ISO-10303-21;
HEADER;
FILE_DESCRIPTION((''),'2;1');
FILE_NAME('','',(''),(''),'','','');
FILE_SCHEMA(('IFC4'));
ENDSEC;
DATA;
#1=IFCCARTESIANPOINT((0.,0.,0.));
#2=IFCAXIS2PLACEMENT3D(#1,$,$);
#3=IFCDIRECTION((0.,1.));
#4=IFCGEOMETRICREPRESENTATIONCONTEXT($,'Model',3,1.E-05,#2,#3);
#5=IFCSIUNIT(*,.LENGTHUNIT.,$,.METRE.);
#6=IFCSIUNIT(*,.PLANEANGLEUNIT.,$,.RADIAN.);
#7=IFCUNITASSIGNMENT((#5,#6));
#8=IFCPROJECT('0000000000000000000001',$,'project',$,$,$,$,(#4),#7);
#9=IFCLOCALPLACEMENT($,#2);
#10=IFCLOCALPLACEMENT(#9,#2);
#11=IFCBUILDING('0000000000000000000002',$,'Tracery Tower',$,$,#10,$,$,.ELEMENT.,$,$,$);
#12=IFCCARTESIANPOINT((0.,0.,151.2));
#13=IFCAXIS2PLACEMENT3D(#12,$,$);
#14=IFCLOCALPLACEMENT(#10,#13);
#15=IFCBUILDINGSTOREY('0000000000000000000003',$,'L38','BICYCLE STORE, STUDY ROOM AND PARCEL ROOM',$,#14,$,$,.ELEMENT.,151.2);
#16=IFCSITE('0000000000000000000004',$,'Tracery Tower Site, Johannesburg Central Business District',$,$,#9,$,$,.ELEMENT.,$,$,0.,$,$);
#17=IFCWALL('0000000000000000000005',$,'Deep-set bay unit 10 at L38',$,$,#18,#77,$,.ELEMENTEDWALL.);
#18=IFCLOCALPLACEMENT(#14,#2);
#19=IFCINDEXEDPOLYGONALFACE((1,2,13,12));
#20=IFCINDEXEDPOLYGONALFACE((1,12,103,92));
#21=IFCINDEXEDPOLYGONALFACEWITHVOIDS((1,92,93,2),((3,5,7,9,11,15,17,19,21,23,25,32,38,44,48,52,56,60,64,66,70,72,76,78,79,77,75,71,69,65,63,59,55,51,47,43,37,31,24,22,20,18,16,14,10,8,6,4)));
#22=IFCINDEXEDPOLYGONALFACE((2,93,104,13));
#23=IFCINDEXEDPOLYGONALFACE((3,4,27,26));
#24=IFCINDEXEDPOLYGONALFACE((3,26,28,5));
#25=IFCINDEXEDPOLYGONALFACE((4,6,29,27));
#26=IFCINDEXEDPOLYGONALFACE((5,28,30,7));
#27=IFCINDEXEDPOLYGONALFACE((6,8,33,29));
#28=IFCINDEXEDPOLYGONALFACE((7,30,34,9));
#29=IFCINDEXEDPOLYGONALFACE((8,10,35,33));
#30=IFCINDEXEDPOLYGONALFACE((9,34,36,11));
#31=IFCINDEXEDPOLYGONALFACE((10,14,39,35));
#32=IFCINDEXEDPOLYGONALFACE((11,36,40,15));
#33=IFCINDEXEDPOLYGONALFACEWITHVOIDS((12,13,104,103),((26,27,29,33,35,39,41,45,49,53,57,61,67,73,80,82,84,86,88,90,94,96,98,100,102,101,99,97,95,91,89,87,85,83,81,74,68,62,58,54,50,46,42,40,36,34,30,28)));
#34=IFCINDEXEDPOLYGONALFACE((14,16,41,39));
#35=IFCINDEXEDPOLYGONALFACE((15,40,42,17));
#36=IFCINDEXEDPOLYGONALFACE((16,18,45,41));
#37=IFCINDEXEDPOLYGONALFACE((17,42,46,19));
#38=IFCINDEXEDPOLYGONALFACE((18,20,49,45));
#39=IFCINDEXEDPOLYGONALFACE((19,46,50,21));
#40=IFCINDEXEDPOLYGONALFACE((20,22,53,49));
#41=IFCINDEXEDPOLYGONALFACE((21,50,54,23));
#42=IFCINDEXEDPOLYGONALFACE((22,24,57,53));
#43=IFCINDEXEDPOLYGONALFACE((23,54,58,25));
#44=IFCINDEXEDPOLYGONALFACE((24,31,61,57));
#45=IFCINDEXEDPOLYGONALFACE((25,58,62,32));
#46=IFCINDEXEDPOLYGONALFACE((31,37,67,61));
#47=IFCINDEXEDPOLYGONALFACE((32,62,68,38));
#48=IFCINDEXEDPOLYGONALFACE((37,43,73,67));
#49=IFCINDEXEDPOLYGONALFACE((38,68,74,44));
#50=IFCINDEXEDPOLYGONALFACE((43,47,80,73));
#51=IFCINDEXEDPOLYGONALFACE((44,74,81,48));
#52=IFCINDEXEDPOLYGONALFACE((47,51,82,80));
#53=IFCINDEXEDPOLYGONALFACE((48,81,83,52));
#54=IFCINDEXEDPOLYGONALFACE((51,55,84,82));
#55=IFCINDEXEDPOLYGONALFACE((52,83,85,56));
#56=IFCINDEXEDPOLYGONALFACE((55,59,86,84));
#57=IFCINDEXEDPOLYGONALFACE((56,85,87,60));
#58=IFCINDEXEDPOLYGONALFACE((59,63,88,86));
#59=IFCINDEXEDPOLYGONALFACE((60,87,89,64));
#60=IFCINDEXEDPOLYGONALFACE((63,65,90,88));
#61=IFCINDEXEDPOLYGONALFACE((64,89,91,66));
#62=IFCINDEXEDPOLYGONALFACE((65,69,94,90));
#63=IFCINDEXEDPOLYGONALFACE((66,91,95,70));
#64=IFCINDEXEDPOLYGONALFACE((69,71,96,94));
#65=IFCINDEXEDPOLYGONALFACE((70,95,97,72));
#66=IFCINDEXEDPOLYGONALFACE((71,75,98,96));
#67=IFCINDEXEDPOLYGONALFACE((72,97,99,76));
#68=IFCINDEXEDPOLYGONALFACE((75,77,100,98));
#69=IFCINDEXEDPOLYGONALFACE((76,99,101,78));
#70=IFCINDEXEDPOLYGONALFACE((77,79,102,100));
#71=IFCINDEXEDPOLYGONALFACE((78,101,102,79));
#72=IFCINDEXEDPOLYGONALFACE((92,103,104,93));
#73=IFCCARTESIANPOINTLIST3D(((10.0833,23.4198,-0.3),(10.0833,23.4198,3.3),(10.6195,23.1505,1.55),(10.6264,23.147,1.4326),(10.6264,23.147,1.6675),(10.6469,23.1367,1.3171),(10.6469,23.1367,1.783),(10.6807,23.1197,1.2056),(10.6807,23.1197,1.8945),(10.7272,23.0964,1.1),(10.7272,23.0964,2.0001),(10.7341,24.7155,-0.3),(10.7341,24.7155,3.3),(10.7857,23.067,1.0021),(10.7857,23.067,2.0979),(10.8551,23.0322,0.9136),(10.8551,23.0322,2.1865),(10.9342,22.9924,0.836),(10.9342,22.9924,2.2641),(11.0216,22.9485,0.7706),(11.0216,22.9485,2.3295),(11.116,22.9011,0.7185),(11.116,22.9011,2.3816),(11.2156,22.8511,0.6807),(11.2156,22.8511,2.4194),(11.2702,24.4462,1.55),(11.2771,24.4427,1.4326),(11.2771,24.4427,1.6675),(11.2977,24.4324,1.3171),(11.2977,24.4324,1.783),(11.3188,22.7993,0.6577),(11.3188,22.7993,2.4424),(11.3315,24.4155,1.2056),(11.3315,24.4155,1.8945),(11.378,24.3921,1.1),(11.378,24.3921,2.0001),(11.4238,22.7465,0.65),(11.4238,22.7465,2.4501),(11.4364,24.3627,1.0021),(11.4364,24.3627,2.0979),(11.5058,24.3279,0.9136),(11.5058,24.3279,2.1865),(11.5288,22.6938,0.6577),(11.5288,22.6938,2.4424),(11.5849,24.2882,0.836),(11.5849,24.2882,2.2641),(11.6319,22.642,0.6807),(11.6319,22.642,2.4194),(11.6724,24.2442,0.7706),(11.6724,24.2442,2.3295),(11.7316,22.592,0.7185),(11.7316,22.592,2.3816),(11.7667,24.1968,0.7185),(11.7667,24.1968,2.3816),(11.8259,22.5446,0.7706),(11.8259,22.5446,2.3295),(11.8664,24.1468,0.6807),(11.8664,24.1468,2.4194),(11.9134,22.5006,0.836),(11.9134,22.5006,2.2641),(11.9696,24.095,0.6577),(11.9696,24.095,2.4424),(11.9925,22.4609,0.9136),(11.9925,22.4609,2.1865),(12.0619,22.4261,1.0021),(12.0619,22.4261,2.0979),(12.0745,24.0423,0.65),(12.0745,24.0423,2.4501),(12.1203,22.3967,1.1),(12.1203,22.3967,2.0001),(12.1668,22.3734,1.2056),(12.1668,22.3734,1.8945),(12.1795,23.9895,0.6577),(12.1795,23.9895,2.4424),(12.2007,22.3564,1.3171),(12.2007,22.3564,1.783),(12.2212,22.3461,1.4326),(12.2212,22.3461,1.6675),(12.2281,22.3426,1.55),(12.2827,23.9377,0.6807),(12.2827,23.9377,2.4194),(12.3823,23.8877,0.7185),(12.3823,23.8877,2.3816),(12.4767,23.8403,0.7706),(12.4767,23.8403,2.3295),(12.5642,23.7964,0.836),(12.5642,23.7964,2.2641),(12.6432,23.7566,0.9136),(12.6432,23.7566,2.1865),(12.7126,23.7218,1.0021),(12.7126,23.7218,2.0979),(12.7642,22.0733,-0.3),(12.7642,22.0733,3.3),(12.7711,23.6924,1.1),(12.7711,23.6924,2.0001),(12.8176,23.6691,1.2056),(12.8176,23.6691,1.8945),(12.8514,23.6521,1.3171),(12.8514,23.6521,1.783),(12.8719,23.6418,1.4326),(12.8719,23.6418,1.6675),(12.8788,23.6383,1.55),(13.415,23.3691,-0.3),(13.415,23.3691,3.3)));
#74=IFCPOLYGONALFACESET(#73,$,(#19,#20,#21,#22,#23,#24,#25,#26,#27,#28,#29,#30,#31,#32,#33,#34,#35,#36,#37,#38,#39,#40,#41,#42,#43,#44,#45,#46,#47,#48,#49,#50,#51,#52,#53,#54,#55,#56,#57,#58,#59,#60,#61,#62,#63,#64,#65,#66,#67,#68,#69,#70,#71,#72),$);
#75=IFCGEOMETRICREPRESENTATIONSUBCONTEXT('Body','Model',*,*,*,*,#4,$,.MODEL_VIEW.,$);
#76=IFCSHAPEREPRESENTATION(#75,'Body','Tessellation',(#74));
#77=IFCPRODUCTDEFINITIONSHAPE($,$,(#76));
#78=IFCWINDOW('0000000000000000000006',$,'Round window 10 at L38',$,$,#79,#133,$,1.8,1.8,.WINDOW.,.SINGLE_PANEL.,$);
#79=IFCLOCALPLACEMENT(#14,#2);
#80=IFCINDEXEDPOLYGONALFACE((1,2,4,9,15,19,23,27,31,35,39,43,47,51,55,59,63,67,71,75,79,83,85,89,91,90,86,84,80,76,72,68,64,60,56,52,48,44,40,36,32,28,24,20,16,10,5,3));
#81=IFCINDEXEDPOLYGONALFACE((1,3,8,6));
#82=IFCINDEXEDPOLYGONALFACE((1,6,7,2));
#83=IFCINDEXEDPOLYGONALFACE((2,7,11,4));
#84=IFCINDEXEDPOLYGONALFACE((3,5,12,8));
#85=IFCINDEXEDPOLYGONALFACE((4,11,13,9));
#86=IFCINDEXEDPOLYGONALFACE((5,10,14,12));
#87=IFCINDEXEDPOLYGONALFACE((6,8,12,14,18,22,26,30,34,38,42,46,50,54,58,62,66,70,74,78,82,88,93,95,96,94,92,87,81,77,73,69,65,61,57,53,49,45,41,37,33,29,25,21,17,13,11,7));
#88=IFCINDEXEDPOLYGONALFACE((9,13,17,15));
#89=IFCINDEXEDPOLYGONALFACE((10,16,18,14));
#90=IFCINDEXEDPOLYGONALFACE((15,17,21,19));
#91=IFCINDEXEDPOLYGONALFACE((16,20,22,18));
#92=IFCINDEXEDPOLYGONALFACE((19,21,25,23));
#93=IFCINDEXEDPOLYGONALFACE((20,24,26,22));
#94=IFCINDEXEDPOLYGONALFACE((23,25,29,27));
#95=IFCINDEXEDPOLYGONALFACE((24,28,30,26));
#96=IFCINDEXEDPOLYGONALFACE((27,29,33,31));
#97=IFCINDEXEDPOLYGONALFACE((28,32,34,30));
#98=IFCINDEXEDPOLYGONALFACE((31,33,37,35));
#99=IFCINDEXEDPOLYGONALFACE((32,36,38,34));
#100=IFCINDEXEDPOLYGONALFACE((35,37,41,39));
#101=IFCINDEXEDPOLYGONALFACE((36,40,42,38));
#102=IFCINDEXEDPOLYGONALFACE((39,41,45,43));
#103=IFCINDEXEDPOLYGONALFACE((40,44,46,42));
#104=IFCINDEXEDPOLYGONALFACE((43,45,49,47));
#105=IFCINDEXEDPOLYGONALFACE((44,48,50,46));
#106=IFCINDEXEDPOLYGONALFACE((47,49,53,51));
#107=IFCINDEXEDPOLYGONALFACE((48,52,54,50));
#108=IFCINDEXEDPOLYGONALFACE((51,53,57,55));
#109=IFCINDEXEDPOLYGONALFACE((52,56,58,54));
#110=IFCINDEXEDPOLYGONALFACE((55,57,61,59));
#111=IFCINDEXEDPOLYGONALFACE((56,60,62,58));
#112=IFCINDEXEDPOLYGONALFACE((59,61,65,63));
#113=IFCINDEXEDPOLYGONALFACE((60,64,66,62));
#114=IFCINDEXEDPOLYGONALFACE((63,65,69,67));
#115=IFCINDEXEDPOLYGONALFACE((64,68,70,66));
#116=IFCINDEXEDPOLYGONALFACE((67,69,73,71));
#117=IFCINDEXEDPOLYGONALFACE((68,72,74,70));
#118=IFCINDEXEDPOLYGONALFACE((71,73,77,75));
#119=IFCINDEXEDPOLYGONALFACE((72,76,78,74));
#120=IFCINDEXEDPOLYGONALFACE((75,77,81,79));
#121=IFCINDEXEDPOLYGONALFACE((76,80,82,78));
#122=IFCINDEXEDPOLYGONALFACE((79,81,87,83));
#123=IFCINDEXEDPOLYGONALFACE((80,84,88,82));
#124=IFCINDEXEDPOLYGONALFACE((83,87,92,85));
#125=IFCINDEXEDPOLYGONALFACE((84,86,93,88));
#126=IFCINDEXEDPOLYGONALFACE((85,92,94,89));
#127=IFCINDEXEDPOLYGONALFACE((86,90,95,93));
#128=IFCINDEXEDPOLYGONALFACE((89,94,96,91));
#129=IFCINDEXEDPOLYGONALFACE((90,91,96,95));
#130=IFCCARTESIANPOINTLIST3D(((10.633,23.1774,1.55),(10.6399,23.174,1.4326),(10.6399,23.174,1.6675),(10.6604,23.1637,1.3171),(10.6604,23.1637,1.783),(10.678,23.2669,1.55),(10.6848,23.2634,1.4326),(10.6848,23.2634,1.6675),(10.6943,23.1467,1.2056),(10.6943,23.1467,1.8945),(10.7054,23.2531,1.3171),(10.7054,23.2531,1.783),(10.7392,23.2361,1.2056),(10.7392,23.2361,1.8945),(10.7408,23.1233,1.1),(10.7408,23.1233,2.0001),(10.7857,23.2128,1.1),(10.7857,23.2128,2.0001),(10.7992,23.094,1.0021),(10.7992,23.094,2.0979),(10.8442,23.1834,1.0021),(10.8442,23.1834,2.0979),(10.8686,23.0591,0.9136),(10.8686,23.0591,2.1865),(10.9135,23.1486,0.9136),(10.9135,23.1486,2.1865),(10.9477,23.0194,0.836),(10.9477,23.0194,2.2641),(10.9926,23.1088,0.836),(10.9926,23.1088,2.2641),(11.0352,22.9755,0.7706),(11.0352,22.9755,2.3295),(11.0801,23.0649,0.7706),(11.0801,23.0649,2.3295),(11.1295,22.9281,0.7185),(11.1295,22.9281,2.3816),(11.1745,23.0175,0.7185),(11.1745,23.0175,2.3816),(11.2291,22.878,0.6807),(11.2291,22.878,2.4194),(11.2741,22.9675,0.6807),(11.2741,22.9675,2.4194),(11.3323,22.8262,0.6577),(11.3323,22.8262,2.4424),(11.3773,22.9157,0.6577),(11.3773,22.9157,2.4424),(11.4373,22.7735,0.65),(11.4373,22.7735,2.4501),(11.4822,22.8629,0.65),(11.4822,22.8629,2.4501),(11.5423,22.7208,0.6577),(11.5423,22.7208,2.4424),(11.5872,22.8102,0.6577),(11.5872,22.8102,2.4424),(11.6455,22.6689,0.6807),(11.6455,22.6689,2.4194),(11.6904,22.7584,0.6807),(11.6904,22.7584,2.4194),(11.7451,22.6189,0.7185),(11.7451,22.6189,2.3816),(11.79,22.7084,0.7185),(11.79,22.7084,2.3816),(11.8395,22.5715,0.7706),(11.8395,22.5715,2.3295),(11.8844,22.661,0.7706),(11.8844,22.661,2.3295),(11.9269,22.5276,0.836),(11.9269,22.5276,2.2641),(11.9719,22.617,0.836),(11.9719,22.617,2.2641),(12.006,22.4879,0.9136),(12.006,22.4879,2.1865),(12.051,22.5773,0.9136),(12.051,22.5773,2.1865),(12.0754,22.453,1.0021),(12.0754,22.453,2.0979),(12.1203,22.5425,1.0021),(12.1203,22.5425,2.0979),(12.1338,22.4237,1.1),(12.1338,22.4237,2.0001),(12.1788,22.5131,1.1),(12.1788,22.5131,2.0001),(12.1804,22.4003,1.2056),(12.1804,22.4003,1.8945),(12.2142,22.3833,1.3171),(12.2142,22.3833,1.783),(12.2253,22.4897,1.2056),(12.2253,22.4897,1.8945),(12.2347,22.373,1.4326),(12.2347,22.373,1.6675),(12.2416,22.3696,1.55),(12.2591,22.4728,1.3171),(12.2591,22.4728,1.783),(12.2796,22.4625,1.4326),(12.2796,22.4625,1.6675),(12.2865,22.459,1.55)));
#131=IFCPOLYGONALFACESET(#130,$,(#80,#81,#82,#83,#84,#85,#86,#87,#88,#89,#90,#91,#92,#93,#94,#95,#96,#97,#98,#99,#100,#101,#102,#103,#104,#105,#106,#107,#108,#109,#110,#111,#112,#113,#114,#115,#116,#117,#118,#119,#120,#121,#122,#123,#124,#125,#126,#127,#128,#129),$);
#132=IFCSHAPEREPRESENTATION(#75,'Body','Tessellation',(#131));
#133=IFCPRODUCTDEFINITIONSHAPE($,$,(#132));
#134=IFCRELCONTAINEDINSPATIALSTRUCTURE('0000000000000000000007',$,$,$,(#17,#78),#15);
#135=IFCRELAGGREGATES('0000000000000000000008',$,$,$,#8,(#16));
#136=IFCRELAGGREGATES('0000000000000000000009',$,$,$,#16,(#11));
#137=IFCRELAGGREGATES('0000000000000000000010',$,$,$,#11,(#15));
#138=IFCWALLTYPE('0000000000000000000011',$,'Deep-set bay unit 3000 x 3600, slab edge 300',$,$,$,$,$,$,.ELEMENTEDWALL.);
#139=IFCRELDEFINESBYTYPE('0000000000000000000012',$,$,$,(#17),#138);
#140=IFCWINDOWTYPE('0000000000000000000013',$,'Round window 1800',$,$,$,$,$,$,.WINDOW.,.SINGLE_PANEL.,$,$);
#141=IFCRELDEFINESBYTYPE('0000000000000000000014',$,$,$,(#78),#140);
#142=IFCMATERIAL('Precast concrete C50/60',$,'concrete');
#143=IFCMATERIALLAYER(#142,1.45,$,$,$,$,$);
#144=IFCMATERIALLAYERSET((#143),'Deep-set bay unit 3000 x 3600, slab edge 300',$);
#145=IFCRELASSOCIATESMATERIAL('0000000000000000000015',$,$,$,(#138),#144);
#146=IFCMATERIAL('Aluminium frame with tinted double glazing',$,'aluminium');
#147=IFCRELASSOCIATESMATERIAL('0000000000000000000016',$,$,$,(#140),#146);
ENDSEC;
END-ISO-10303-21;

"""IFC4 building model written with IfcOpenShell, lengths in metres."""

from ifc_helpers import new_model, si_unit, direction, frame, frame_2d, origin, origin_2d, place, context, subcontext, project, spatial, rectangle, circle, extrude, material, layer, layer_set, type_object, element, fill, save


model = new_model("IFC4")

# Units and contexts
model_context = context("Model", 3, precision=1e-05, world=origin(), true_north=direction((0.0, 1.0)))
body_context = subcontext(model_context, "Body", "Model", "MODEL_VIEW")
ifc_project = project(units=[si_unit("LENGTHUNIT", "METRE"), si_unit("PLANEANGLEUNIT", "RADIAN")], contexts=[model_context])

# Site, building, storey
site_placement = place(None, origin())
site = spatial("IfcSite", under=ifc_project, at=site_placement, Name="Tracery Tower Site, Johannesburg Central Business District", CompositionType="ELEMENT", RefElevation=0.0)
building_placement = place(site_placement, origin())
building = spatial("IfcBuilding", under=site, at=building_placement, Name="Tracery Tower", CompositionType="ELEMENT")
storey_placement = place(building_placement, frame((0.0, 0.0, 151.2)))
storey = spatial("IfcBuildingStorey", under=building, at=storey_placement, Name="L38", Description="BICYCLE STORE, STUDY ROOM AND PARCEL ROOM", CompositionType="ELEMENT", Elevation=151.2)

# Wall, opening, window
ifc_material_1 = material(Name="Precast concrete C50/60", Category="concrete")
ifc_layer_1 = layer(ifc_material_1, 1.45)
ifc_layer_set_1 = layer_set([ifc_layer_1], Name="Deep-set bay unit 3000 x 3600, slab edge 300")
wall_type_1 = type_object("IfcWallType", Name="Deep-set bay unit 3000 x 3600, slab edge 300", PredefinedType="ELEMENTEDWALL", material=ifc_layer_set_1)
ifc_material_2 = material(Name="Aluminium frame with tinted double glazing", Category="aluminium")
window_type = type_object("IfcWindowType", Name="Round window 1800", PartitioningType="SINGLE_PANEL", PredefinedType="WINDOW", material=ifc_material_2)
wall_1_placement = place(storey_placement, frame((13.0896, 22.7212, -0.3), z_axis=(0.0, 0.0, 1.0), x_axis=(-0.893628, 0.448808, 0.0)))
wall_1 = element("IfcWall", 1, at=wall_1_placement, inside=storey, type_object=wall_type_1, Name="Deep-set bay unit 10 at L38", PredefinedType="ELEMENTEDWALL", context=body_context, shape_type="SweptSolid", body=[
    extrude(rectangle(XDim=3.0, YDim=1.45, at=frame_2d((1.5, 0.0))), origin(), (0.0, 0.0, 1.0), 3.6001),
])
opening_1_placement = place(wall_1_placement, frame((1.5, 0.0, 1.8501)))
opening_1 = element("IfcOpeningElement", 2, at=opening_1_placement, cuts=wall_1, PredefinedType="OPENING", context=body_context, shape_type="SweptSolid", body=[
    extrude(circle(Radius=0.9, at=origin_2d()), frame((0.0, 0.7349, 0.0), z_axis=(0.0, -1.0, 0.0), x_axis=(1.0, 0.0, 0.0)), (0.0, 0.0, 1.0), 1.47),
])
window_1_placement = place(opening_1_placement, origin())
window_1 = element("IfcWindow", 3, at=window_1_placement, inside=storey, type_object=window_type, Name="Round window 10 at L38", OverallHeight=1.8, OverallWidth=1.8, PartitioningType="SINGLE_PANEL", PredefinedType="WINDOW", context=body_context, shape_type="SweptSolid", body=[
    extrude(circle(Radius=0.9, at=origin_2d()), frame((0.0, 0.6948, 0.0), z_axis=(0.0, -1.0, 0.0), x_axis=(1.0, 0.0, 0.0)), (0.0, 0.0, 1.0), 0.1001),
])
fill(opening_1, window_1)

save(model, "model.ifc")
